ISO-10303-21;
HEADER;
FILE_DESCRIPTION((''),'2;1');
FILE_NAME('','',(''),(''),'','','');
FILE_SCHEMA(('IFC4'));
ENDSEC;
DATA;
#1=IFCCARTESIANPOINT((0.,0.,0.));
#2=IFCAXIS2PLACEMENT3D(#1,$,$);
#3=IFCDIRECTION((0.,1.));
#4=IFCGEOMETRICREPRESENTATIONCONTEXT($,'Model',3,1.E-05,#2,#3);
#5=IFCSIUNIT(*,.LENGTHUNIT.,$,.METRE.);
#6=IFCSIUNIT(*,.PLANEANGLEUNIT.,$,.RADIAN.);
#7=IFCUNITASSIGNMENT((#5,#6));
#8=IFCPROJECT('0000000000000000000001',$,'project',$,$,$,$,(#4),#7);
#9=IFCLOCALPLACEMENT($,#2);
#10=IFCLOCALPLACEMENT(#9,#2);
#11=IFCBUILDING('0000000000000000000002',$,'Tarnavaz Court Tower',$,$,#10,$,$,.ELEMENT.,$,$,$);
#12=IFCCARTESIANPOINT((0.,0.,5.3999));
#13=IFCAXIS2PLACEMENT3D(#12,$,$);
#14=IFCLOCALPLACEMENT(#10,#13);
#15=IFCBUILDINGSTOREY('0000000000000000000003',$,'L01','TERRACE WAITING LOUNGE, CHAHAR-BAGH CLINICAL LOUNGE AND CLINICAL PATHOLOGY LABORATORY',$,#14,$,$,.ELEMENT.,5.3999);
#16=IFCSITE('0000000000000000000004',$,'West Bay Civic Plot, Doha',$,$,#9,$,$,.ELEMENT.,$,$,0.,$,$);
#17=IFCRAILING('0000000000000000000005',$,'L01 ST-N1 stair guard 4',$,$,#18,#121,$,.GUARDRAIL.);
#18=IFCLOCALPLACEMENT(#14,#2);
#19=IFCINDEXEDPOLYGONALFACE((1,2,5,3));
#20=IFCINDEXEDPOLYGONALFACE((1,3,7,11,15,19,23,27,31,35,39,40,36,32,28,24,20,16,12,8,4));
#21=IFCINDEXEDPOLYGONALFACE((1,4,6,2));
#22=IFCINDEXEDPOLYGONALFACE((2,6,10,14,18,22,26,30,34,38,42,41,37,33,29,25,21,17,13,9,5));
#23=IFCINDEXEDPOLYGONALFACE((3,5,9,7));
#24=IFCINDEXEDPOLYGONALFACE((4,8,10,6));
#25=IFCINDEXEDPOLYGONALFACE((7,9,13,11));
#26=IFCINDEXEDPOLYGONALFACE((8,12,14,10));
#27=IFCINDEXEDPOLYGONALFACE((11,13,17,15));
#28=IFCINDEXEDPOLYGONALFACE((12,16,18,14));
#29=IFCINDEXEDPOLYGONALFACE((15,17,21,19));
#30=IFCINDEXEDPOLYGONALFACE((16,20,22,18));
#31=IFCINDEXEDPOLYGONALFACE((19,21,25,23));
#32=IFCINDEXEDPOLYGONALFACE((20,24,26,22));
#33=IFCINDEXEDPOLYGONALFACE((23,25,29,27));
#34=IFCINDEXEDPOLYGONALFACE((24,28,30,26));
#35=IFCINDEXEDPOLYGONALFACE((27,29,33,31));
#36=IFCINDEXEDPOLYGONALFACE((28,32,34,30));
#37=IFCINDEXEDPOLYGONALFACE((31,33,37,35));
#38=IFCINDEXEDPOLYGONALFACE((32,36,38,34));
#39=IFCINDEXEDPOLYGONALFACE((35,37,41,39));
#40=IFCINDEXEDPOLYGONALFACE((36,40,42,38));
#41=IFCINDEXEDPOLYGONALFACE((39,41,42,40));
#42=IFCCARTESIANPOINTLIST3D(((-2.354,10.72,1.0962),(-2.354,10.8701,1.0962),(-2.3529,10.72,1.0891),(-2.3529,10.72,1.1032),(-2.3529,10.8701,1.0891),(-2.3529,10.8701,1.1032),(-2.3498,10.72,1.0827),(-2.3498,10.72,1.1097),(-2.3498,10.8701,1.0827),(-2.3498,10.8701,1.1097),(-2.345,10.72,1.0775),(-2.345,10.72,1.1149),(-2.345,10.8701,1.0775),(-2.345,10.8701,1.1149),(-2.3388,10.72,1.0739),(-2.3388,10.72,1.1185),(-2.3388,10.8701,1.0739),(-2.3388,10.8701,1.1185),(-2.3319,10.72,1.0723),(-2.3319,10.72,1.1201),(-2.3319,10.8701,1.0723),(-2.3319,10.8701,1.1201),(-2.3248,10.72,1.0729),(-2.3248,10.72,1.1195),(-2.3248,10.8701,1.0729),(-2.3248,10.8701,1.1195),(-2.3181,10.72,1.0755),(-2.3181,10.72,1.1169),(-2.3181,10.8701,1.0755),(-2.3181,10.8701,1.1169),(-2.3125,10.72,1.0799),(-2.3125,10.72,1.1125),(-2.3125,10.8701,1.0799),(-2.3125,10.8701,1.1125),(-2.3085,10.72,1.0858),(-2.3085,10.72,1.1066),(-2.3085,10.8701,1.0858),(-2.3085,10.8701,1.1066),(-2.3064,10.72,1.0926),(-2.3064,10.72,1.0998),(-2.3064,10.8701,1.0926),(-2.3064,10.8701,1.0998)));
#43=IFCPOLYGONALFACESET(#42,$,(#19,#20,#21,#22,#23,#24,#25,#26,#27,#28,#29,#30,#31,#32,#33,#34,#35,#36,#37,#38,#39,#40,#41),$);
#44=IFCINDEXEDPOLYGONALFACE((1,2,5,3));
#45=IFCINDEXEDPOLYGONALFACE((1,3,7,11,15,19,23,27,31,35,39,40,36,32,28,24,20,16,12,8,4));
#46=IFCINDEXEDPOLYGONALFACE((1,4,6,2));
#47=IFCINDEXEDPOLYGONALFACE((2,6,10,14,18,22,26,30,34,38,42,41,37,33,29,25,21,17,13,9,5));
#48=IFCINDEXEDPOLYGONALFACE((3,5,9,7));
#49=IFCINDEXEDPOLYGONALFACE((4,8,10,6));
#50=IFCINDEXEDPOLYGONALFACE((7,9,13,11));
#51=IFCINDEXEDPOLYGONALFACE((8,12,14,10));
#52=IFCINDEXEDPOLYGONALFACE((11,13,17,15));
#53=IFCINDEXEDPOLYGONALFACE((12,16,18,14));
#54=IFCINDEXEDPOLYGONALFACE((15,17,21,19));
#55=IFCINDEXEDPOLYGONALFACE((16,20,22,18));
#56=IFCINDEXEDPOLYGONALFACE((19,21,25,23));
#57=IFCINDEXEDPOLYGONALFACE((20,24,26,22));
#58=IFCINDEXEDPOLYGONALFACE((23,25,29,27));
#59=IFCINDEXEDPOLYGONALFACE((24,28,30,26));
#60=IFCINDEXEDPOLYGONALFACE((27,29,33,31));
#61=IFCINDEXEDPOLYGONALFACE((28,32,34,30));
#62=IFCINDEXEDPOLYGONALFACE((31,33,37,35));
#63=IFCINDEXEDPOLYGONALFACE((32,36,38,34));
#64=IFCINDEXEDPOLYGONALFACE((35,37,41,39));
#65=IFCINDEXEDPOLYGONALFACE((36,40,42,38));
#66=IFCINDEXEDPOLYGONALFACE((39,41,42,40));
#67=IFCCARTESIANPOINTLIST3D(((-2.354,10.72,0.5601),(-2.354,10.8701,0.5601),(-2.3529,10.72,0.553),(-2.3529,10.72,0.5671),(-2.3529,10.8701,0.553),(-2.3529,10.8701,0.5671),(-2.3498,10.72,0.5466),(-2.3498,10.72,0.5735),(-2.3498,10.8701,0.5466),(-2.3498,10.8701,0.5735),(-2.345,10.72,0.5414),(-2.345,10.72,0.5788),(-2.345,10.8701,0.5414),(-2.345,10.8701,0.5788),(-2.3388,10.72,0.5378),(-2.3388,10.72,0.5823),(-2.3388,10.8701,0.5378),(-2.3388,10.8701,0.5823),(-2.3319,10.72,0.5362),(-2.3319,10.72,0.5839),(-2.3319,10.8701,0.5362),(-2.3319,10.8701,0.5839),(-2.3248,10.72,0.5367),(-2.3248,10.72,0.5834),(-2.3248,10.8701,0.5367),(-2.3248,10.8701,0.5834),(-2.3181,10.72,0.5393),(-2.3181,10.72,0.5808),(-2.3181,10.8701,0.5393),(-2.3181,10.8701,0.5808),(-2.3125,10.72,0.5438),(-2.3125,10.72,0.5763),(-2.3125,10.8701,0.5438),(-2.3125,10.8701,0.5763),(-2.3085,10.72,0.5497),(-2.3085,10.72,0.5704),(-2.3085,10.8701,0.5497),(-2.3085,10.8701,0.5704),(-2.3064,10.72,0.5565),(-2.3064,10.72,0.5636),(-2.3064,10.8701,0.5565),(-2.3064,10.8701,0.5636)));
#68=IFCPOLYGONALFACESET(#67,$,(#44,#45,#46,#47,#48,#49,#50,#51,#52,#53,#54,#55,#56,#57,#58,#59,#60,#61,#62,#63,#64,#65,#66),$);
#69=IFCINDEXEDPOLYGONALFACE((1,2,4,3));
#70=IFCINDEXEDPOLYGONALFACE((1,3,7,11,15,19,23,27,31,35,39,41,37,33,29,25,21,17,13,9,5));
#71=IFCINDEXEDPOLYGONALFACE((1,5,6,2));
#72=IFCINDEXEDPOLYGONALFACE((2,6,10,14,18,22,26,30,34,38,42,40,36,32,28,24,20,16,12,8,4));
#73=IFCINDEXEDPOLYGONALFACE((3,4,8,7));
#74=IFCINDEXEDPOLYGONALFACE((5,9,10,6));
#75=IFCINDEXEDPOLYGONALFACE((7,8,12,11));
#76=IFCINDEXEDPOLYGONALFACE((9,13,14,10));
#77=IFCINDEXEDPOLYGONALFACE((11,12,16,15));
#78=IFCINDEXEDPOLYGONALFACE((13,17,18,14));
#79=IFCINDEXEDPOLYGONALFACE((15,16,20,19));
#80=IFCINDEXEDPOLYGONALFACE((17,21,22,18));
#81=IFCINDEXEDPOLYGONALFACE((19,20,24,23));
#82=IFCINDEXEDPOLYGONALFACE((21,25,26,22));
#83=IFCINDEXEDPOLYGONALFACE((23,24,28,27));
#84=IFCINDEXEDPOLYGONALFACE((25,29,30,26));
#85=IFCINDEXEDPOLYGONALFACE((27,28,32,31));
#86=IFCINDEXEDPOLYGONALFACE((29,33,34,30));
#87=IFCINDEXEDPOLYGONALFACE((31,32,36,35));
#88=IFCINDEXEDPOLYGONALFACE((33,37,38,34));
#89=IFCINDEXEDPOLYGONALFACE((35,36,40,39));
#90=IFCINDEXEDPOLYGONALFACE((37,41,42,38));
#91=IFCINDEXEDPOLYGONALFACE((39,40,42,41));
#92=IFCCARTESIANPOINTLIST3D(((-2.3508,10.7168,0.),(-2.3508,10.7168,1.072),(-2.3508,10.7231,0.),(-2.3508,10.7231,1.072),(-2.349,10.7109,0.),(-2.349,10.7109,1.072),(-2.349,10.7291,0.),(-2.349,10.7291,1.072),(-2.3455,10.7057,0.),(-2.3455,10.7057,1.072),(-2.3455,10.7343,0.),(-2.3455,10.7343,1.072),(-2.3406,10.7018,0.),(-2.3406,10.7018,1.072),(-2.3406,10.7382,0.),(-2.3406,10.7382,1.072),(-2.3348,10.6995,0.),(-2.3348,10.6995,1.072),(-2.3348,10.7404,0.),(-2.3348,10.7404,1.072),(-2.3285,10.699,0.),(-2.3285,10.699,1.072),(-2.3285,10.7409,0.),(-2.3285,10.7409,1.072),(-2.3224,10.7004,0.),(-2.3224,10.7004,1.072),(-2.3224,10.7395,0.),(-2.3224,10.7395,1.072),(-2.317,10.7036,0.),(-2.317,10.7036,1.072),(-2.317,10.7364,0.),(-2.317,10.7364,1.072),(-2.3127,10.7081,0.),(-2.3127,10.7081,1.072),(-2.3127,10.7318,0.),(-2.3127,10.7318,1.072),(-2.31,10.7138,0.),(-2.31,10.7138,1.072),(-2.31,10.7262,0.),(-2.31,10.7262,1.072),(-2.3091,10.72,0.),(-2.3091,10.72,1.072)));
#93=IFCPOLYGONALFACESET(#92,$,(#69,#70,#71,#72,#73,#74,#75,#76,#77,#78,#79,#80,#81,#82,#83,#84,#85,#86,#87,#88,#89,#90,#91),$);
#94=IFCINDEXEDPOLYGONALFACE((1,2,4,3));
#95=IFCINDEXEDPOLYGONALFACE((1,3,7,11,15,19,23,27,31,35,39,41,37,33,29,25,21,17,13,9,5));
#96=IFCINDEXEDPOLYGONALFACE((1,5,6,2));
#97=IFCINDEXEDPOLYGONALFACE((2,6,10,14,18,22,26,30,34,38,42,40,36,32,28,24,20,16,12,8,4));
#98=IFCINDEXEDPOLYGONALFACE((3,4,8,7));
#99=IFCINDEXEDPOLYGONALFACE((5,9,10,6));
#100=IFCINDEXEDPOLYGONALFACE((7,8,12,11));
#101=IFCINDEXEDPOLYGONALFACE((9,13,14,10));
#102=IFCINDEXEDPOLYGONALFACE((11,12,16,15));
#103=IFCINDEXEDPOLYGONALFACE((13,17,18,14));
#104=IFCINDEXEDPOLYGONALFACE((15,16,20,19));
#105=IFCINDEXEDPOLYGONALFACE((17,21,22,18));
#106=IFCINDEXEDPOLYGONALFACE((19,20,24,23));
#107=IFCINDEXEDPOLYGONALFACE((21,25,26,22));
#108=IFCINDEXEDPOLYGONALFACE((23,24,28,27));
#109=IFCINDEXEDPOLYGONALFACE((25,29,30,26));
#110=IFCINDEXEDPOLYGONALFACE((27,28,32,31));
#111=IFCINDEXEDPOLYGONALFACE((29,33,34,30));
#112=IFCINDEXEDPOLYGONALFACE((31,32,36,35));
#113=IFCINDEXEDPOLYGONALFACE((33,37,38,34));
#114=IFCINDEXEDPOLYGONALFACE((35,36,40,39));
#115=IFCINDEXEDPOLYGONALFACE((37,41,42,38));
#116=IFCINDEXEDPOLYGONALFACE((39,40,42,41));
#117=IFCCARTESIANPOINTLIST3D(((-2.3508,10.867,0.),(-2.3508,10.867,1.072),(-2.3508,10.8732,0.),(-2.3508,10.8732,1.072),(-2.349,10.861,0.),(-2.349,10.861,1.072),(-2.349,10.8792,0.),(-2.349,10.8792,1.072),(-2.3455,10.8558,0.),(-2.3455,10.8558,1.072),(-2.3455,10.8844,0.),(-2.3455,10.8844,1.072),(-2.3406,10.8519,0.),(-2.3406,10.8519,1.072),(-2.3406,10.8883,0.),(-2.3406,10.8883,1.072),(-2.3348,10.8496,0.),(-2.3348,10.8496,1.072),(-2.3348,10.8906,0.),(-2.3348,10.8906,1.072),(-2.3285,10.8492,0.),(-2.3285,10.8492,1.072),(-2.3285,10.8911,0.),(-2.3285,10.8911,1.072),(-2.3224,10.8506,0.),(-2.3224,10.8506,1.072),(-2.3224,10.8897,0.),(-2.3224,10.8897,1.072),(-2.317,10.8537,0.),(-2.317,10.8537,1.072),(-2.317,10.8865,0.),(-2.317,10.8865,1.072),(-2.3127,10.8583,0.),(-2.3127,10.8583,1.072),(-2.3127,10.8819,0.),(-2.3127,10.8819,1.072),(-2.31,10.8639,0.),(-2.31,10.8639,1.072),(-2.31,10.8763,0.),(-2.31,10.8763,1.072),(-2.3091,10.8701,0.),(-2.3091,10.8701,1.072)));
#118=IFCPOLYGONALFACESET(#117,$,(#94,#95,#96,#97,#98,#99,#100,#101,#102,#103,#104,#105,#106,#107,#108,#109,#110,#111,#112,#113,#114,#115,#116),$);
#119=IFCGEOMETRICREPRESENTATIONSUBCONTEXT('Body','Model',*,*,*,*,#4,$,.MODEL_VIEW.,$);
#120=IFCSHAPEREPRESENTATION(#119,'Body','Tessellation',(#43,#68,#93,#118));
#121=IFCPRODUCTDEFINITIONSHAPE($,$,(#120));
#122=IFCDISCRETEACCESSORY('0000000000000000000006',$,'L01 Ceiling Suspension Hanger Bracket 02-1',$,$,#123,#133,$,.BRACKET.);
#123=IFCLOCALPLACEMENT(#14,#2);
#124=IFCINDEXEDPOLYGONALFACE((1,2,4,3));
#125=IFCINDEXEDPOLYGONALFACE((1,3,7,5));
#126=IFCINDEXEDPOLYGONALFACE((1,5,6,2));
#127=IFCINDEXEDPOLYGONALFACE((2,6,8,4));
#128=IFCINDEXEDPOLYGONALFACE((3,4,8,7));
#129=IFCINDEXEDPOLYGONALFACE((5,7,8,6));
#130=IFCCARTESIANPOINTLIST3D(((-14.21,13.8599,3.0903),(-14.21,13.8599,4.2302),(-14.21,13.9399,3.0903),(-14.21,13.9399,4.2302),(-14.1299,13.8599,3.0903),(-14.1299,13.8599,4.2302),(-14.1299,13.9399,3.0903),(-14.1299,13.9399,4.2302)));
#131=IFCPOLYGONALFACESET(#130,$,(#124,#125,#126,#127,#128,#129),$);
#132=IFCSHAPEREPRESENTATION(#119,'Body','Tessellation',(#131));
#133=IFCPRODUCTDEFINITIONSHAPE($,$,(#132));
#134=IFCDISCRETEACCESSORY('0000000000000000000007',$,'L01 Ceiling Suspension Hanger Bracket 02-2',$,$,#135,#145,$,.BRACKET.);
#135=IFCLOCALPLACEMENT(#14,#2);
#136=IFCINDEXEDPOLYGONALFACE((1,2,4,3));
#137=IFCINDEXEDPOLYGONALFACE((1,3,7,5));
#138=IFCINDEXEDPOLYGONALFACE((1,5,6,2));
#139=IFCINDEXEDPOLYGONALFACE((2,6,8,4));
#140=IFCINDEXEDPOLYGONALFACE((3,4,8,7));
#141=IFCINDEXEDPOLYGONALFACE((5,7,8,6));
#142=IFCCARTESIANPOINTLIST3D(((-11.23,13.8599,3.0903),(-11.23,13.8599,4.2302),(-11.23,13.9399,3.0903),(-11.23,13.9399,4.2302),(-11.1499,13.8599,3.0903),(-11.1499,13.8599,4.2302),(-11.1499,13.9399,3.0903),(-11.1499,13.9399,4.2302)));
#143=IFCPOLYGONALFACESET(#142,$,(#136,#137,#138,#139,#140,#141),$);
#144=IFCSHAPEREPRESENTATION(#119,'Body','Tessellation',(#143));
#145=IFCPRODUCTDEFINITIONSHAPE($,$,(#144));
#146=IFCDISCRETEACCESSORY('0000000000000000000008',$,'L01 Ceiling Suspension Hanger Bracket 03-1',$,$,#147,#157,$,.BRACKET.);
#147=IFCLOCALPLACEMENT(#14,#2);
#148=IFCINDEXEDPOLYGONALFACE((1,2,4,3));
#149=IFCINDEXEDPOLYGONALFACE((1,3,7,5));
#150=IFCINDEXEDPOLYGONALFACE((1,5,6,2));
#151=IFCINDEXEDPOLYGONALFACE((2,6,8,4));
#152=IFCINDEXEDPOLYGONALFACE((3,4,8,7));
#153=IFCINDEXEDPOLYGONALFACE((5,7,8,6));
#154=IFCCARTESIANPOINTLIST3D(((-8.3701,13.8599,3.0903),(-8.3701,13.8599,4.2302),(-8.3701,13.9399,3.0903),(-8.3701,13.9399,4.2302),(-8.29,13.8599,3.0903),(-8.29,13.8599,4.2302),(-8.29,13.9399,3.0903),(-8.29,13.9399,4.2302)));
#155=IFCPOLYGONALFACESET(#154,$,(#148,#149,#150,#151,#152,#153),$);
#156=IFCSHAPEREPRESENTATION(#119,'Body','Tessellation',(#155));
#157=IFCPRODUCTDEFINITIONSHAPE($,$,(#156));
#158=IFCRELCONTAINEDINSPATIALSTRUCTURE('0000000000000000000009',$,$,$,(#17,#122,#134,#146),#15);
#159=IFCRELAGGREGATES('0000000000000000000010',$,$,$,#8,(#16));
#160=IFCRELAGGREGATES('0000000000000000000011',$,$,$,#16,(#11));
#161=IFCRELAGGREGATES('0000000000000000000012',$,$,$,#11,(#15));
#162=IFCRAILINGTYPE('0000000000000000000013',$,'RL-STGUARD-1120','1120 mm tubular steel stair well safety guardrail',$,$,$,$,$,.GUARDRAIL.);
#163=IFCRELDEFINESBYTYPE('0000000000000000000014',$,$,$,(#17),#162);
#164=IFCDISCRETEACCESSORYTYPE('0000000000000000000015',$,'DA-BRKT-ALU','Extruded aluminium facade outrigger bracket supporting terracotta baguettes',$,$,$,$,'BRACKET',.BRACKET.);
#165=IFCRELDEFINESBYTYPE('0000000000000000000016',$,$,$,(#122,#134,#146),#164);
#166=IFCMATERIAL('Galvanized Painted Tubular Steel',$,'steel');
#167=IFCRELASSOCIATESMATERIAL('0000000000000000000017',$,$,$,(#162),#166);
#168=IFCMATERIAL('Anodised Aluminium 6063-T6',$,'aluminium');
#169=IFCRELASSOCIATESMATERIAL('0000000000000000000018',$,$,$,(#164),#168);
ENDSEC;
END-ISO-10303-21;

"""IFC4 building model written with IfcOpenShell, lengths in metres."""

from ifc_helpers import new_model, si_unit, direction, frame, origin, origin_2d, place, context, subcontext, project, spatial, rectangle, circle, extrude, material, type_object, element, save


model = new_model("IFC4")

# Units and contexts
model_context = context("Model", 3, precision=1e-05, world=origin(), true_north=direction((0.0, 1.0)))
body_context = subcontext(model_context, "Body", "Model", "MODEL_VIEW")
ifc_project = project(units=[si_unit("LENGTHUNIT", "METRE"), si_unit("PLANEANGLEUNIT", "RADIAN")], contexts=[model_context])

# Site, building, storey
site_placement = place(None, origin())
site = spatial("IfcSite", under=ifc_project, at=site_placement, Name="West Bay Civic Plot, Doha", CompositionType="ELEMENT", RefElevation=0.0)
building_placement = place(site_placement, origin())
building = spatial("IfcBuilding", under=site, at=building_placement, Name="Tarnavaz Court Tower", CompositionType="ELEMENT")
storey_placement = place(building_placement, frame((0.0, 0.0, 5.3999)))
storey = spatial("IfcBuildingStorey", under=building, at=storey_placement, Name="L01", Description="TERRACE WAITING LOUNGE, CHAHAR-BAGH CLINICAL LOUNGE AND CLINICAL PATHOLOGY LABORATORY", CompositionType="ELEMENT", Elevation=5.3999)

# Railing
ifc_material_1 = material(Name="Galvanized Painted Tubular Steel", Category="steel")
railing_type_1 = type_object("IfcRailingType", Name="RL-STGUARD-1120", Description="1120 mm tubular steel stair well safety guardrail", PredefinedType="GUARDRAIL", material=ifc_material_1)
railing_1_placement = place(storey_placement, frame((-2.3301, 10.72, 0.0)))
element("IfcRailing", 1, at=railing_1_placement, inside=storey, type_object=railing_type_1, Name="L01 ST-N1 stair guard 4", PredefinedType="GUARDRAIL", context=body_context, shape_type="SweptSolid", body=[
    extrude(circle(Radius=0.0239, at=origin_2d()), frame((0.0, 0.0, 1.0962), z_axis=(0.0, 1.0, 0.0), x_axis=(-1.0, 0.0, 0.0)), (0.0, 0.0, 1.0), 0.1501),
    extrude(circle(Radius=0.0239, at=origin_2d()), frame((0.0, 0.0, 0.5601), z_axis=(0.0, 1.0, 0.0), x_axis=(-1.0, 0.0, 0.0)), (0.0, 0.0, 1.0), 0.1501),
    extrude(circle(Radius=0.021, at=origin_2d()), origin(), (0.0, 0.0, 1.0), 1.072),
    extrude(circle(Radius=0.021, at=origin_2d()), frame((0.0, 0.1501, 0.0)), (0.0, 0.0, 1.0), 1.072),
])

# Discrete accessories
ifc_material_2 = material(Name="Anodised Aluminium 6063-T6", Category="aluminium")
discrete_accessory_type = type_object("IfcDiscreteAccessoryType", Name="DA-BRKT-ALU", Description="Extruded aluminium facade outrigger bracket supporting terracotta baguettes", ElementType="BRACKET", PredefinedType="BRACKET", material=ifc_material_2)
for number, where, z_axis, x_axis, name in (
    (2, (-14.1699, 13.8999, 3.0903), (0.0, 0.0, 1.0), (1.0, 0.0, 0.0), "L01 Ceiling Suspension Hanger Bracket 02-1"),
    (3, (-11.1899, 13.8999, 3.0903), (0.0, 0.0, 1.0), (1.0, 0.0, 0.0), "L01 Ceiling Suspension Hanger Bracket 02-2"),
    (4, (-8.3301, 13.8999, 3.0903), (0.0, 0.0, 1.0), (1.0, 0.0, 0.0), "L01 Ceiling Suspension Hanger Bracket 03-1"),
):
    element("IfcDiscreteAccessory", number, at=place(storey_placement, frame(where, z_axis=z_axis, x_axis=x_axis)), inside=storey, type_object=discrete_accessory_type, Name=name, PredefinedType="BRACKET", context=body_context, shape_type="SweptSolid", body=[
        extrude(rectangle(XDim=0.0801, YDim=0.0801, at=origin_2d()), origin(), (0.0, 0.0, 1.0), 1.1399),
    ])

save(model, "model.ifc")
